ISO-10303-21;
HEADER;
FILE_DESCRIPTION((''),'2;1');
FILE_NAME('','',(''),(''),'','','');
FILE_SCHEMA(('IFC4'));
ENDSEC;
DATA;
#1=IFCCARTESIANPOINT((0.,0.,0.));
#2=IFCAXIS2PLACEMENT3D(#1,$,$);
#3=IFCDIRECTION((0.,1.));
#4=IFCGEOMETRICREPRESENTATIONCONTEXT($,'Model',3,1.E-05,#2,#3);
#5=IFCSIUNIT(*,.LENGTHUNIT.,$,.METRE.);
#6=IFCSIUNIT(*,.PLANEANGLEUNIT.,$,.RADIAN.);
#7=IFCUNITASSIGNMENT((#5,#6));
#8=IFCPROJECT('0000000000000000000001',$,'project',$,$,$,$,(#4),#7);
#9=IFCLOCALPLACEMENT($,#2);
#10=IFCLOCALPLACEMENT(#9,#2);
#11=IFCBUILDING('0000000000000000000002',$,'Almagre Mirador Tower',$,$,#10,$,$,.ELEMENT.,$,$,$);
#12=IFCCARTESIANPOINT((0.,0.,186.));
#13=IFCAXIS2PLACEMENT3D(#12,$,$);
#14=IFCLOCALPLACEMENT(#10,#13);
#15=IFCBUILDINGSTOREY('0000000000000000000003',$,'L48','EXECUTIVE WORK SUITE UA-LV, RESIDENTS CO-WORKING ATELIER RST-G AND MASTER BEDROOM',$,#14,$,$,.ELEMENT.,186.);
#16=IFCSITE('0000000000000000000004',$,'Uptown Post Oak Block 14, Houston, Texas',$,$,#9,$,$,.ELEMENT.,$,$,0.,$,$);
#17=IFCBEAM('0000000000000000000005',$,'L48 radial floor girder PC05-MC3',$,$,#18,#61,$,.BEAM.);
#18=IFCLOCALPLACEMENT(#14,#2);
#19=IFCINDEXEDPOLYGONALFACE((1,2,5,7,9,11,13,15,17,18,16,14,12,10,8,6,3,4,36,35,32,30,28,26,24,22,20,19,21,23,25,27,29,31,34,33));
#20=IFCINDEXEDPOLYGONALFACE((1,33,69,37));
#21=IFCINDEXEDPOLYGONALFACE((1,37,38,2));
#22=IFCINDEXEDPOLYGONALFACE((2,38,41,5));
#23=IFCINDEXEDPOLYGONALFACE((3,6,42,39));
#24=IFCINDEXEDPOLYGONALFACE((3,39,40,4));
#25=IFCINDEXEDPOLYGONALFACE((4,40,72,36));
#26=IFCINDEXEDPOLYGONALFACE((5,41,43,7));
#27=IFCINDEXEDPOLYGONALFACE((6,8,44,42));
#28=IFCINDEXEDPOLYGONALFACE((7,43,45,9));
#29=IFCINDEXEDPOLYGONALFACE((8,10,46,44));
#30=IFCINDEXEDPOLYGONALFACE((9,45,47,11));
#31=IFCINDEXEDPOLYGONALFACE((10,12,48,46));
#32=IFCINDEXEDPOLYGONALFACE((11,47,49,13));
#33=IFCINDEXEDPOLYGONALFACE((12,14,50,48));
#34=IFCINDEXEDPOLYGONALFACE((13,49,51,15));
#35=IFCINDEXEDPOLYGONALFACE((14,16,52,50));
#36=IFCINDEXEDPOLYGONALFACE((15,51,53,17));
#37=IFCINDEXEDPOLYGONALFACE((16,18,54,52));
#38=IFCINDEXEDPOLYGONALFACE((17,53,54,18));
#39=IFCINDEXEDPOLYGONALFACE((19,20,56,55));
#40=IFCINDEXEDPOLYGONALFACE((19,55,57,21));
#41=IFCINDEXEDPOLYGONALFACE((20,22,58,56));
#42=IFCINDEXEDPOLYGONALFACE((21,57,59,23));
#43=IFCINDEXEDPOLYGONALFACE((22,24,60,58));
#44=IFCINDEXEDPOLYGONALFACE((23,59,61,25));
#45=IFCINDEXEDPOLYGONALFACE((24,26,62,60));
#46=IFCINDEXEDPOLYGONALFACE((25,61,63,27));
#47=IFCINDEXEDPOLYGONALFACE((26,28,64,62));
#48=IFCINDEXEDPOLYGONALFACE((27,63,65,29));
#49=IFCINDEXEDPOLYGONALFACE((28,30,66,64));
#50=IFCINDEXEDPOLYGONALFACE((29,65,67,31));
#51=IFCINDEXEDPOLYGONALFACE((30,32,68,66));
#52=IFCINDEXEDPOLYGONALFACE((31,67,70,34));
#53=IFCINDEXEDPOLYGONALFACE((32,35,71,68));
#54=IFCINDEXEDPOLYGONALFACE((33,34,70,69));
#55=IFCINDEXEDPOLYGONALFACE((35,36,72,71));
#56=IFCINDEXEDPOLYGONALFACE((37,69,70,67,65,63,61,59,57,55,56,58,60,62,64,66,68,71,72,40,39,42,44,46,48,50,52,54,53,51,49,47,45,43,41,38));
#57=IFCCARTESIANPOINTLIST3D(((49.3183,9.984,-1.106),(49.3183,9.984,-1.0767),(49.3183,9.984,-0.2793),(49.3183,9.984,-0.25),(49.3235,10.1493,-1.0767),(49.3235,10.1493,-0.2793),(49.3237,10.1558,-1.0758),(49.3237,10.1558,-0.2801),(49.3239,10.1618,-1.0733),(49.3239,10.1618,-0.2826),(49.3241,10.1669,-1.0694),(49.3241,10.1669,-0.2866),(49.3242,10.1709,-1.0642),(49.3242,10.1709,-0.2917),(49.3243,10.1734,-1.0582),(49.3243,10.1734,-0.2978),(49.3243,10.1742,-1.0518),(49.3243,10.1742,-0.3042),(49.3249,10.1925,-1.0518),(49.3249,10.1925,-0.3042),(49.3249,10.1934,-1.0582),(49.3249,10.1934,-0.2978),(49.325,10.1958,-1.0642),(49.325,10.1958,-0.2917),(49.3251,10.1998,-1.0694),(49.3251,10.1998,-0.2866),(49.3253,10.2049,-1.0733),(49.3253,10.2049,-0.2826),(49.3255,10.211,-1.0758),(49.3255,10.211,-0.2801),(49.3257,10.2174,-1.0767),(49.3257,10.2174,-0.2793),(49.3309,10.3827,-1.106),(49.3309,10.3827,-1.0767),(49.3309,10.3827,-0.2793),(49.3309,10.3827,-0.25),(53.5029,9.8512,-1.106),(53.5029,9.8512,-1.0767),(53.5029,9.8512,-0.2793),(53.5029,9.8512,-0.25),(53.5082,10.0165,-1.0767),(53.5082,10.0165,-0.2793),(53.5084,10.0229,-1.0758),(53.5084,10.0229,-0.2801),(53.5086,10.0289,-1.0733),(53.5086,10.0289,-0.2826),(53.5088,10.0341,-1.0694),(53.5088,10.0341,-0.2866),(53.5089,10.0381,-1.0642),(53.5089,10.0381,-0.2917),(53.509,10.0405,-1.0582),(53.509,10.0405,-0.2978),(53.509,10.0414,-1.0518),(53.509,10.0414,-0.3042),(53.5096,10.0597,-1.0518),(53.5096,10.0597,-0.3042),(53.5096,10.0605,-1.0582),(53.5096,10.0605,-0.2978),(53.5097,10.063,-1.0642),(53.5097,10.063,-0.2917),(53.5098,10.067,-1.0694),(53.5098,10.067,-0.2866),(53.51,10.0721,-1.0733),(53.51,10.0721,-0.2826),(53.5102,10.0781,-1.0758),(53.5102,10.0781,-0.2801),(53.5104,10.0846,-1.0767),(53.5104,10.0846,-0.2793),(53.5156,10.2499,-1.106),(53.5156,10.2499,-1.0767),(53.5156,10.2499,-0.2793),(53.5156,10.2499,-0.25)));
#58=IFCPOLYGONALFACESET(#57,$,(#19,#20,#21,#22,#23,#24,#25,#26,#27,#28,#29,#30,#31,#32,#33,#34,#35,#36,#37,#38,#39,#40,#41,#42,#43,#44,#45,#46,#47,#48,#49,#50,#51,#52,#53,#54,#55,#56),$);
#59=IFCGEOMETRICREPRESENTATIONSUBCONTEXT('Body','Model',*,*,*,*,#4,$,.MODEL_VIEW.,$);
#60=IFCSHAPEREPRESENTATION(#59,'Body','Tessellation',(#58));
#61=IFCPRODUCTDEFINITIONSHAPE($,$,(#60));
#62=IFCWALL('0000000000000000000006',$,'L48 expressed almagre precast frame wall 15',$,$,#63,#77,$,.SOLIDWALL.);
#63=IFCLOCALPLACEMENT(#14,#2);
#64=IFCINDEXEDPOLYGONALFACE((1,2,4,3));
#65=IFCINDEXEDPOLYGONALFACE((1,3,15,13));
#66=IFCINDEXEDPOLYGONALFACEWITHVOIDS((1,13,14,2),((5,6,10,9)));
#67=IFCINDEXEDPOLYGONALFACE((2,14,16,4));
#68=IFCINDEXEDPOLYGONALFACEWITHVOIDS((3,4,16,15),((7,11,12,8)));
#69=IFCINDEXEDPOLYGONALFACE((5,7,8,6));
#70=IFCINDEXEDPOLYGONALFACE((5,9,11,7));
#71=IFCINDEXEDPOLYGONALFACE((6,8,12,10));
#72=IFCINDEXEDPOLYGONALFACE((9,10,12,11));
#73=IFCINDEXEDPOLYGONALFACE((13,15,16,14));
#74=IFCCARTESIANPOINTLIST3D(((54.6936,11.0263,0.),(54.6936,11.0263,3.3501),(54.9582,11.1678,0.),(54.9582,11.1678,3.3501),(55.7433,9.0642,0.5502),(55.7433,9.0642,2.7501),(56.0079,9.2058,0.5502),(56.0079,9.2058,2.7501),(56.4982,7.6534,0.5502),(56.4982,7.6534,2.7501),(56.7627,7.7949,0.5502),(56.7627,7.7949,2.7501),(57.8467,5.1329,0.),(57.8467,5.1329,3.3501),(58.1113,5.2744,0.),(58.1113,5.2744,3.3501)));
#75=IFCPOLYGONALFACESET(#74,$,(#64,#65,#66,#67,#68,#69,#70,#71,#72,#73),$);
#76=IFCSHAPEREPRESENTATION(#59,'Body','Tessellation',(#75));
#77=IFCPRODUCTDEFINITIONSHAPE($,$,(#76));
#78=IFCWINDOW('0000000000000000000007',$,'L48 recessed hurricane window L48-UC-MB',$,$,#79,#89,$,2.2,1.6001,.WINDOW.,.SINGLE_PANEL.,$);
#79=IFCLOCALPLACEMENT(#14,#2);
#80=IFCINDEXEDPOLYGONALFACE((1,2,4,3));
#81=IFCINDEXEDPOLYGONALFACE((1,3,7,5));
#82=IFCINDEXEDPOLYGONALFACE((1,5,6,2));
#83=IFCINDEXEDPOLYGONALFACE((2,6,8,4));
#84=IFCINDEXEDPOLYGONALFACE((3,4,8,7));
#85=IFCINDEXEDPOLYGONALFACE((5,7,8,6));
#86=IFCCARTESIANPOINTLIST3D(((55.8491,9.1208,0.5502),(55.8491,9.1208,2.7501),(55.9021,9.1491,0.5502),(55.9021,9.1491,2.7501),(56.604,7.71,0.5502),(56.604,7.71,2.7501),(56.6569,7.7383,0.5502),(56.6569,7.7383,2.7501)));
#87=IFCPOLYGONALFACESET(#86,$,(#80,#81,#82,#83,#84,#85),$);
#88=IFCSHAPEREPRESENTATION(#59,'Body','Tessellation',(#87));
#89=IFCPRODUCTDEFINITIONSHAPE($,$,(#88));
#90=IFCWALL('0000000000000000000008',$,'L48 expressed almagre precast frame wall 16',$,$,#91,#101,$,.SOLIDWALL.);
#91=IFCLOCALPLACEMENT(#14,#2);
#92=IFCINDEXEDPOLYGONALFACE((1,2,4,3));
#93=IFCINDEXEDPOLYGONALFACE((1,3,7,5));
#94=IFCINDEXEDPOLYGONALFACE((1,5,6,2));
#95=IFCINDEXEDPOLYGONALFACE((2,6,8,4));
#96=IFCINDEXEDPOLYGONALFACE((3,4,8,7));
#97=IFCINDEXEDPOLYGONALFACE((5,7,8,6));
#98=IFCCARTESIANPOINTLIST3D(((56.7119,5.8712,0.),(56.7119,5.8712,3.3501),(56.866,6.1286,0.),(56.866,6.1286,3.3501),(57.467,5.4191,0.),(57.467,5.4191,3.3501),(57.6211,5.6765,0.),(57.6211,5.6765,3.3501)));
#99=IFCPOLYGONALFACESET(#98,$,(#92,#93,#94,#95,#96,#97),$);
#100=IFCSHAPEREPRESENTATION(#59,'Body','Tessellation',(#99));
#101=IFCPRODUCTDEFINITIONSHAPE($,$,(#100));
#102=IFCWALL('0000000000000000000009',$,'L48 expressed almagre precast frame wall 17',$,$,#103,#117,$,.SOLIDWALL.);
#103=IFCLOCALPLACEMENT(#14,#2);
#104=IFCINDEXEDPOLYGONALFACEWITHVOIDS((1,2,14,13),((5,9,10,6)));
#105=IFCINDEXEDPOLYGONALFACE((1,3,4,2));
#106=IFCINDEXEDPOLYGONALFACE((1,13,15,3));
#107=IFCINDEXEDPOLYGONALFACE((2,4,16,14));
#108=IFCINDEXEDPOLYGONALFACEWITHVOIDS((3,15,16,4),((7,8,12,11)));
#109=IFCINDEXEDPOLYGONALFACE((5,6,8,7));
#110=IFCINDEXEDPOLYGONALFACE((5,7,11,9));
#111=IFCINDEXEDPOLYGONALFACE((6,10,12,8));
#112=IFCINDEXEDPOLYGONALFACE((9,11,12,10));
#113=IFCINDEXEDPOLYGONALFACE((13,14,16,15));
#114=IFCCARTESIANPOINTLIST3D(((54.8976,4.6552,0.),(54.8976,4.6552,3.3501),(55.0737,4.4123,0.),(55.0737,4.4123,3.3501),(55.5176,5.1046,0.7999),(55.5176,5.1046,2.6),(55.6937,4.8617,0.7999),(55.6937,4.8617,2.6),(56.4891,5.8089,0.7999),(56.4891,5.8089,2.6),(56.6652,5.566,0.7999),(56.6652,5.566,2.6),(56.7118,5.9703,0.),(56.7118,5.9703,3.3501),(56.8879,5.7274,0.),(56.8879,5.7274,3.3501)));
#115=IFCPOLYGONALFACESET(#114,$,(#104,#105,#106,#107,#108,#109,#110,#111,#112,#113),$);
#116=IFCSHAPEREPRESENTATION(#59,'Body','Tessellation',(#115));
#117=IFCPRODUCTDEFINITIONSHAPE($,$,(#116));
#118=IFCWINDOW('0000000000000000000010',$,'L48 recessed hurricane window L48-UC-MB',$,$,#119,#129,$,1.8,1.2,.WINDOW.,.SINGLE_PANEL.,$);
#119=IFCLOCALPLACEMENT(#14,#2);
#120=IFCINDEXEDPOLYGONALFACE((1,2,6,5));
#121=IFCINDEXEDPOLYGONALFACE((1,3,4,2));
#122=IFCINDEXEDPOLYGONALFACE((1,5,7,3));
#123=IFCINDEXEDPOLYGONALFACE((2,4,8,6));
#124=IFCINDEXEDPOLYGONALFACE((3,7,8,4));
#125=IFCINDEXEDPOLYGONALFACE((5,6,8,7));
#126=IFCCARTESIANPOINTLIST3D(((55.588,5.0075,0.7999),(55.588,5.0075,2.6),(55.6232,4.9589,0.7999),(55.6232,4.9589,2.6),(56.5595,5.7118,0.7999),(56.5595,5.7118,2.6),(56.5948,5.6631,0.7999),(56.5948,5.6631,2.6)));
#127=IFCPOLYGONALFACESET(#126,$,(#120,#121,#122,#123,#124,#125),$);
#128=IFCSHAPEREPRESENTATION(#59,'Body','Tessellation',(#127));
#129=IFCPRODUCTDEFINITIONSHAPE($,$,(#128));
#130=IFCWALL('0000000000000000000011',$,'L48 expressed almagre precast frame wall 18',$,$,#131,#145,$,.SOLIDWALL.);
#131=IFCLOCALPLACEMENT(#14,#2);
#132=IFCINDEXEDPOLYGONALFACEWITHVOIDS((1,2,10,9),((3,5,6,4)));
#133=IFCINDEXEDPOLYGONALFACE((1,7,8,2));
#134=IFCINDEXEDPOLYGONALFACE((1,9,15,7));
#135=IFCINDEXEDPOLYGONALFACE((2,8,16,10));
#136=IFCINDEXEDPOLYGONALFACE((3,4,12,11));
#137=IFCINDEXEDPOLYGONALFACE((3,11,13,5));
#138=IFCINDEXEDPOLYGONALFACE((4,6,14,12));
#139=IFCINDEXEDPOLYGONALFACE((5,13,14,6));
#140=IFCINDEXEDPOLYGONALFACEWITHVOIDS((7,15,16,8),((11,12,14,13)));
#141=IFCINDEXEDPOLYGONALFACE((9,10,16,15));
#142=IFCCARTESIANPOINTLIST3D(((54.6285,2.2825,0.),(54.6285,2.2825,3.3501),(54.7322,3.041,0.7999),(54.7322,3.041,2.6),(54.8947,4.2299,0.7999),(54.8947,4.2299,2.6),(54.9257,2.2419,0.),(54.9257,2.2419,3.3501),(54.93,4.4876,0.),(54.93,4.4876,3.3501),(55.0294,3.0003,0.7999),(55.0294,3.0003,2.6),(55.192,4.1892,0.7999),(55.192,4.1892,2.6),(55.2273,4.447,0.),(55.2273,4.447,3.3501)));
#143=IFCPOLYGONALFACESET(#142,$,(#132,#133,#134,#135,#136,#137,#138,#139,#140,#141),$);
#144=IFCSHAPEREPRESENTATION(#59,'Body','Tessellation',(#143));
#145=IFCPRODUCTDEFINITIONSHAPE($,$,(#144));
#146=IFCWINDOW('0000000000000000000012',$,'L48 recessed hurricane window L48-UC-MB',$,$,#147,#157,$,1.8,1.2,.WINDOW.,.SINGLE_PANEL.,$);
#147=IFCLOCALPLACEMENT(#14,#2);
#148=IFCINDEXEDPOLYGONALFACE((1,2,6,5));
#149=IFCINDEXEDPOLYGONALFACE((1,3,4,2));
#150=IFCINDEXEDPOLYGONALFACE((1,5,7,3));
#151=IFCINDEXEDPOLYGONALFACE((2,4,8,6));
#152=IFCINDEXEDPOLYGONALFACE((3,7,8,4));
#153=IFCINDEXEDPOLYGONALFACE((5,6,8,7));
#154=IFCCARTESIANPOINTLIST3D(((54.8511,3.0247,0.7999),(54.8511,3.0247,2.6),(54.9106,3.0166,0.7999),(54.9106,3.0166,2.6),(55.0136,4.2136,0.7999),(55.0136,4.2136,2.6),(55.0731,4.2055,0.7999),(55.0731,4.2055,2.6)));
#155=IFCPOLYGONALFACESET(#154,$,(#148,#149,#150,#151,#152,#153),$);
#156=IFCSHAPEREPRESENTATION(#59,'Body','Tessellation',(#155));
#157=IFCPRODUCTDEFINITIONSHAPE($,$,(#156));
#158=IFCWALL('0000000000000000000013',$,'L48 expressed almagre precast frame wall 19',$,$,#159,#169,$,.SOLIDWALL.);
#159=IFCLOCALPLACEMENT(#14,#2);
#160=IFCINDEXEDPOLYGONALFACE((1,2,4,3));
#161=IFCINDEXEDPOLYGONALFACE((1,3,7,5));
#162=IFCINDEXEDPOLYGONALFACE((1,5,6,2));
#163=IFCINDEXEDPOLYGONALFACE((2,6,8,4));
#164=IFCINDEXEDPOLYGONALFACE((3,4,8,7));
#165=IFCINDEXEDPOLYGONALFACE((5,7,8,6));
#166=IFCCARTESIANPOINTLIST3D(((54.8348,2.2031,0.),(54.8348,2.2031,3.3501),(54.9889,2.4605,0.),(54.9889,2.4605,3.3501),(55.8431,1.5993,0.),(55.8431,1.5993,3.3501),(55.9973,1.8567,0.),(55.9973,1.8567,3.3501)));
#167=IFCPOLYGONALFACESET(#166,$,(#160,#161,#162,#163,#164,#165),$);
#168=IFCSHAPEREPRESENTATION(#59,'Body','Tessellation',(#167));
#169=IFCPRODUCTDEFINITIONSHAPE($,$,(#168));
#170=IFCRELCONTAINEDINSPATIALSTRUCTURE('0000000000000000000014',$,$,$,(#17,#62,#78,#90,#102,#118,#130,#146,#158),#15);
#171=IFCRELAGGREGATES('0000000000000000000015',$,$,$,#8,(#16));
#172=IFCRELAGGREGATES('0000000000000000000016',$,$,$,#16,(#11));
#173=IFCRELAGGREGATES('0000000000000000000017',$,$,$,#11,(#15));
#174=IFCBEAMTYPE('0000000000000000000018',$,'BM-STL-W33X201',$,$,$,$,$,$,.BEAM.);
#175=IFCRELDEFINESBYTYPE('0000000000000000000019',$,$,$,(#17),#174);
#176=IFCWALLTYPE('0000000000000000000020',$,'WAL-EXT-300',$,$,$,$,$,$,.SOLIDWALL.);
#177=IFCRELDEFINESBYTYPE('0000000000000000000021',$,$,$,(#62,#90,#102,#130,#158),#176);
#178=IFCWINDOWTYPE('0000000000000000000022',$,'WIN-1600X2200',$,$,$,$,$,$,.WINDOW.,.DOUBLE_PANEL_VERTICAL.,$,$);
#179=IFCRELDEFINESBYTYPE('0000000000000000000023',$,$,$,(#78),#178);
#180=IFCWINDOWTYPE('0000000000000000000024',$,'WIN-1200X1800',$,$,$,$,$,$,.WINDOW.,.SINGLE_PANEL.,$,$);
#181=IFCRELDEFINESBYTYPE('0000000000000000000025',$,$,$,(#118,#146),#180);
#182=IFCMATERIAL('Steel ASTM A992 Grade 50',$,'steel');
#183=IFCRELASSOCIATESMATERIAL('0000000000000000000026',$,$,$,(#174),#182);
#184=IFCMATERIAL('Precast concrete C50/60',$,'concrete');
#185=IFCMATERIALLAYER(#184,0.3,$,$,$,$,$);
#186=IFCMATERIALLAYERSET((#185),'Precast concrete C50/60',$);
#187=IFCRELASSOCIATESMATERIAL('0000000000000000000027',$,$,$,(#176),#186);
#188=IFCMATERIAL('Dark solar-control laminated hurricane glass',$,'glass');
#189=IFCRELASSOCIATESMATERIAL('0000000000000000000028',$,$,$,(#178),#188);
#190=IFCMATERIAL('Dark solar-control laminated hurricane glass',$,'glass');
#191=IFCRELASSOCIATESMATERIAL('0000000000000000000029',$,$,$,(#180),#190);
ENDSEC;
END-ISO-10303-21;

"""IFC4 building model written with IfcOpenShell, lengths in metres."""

from ifc_helpers import new_model, si_unit, direction, frame, frame_2d, origin, origin_2d, place, context, subcontext, project, spatial, rectangle, i_section, extrude, material, layer, layer_set, material_profile, profile_set, type_object, element, fill, save


model = new_model("IFC4")

# Units and contexts
model_context = context("Model", 3, precision=1e-05, world=origin(), true_north=direction((0.0, 1.0)))
body_context = subcontext(model_context, "Body", "Model", "MODEL_VIEW")
ifc_project = project(units=[si_unit("LENGTHUNIT", "METRE"), si_unit("PLANEANGLEUNIT", "RADIAN")], contexts=[model_context])

# Site, building, storey
site_placement = place(None, origin())
site = spatial("IfcSite", under=ifc_project, at=site_placement, Name="Uptown Post Oak Block 14, Houston, Texas", CompositionType="ELEMENT", RefElevation=0.0)
building_placement = place(site_placement, origin())
building = spatial("IfcBuilding", under=site, at=building_placement, Name="Almagre Mirador Tower", CompositionType="ELEMENT")
storey_placement = place(building_placement, frame((0.0, 0.0, 186.0)))
storey = spatial("IfcBuildingStorey", under=building, at=storey_placement, Name="L48", Description="EXECUTIVE WORK SUITE UA-LV, RESIDENTS CO-WORKING ATELIER RST-G AND MASTER BEDROOM", CompositionType="ELEMENT", Elevation=186.0)

# Beam
ifc_material_1 = material(Name="Steel ASTM A992 Grade 50", Category="steel")
ifc_material_profile_1 = material_profile(ifc_material_1, i_section(OverallWidth=0.3989, OverallDepth=0.856, WebThickness=0.0183, FlangeThickness=0.0293, FilletRadius=0.0249, at=origin_2d()), Name="W33X201")
ifc_profile_set_1 = profile_set([ifc_material_profile_1], Name="Steel ASTM A992 Grade 50")
beam_type_1 = type_object("IfcBeamType", Name="BM-STL-W33X201", PredefinedType="BEAM", material=ifc_profile_set_1)
beam_1_placement = place(storey_placement, frame((53.5093, 10.0505, -0.678), z_axis=(-0.999497, 0.031723, 0.0), x_axis=(-0.031723, -0.999497, 0.0)))
element("IfcBeam", 1, at=beam_1_placement, inside=storey, type_object=beam_type_1, Name="L48 radial floor girder PC05-MC3", PredefinedType="BEAM", context=body_context, shape_type="SweptSolid", body=[
    extrude(i_section(OverallWidth=0.3989, OverallDepth=0.856, WebThickness=0.0183, FlangeThickness=0.0293, FilletRadius=0.0249, at=origin_2d()), origin(), (0.0, 0.0, 1.0), 4.1868),
])

# Wall, opening, window
ifc_material_2 = material(Name="Precast concrete C50/60", Category="concrete")
ifc_layer_1 = layer(ifc_material_2, 0.3)
ifc_layer_set_1 = layer_set([ifc_layer_1], Name="Precast concrete C50/60")
wall_type_1 = type_object("IfcWallType", Name="WAL-EXT-300", PredefinedType="SOLIDWALL", material=ifc_layer_set_1)
wall_1_placement = place(storey_placement, frame((54.8259, 11.0969, 0.0), z_axis=(0.0, 0.0, 1.0), x_axis=(0.47175, -0.881732, 0.0)))
wall_1 = element("IfcWall", 2, at=wall_1_placement, inside=storey, type_object=wall_type_1, Name="L48 expressed almagre precast frame wall 15", PredefinedType="SOLIDWALL", context=body_context, shape_type="SweptSolid", body=[
    extrude(rectangle(XDim=6.6838, YDim=0.3, at=frame_2d((3.3418, 0.0))), origin(), (0.0, 0.0, 1.0), 3.3501),
])
opening_1_placement = place(wall_1_placement, frame((2.2251, 0.0, 0.55)))
opening_1 = element("IfcOpeningElement", 3, at=opening_1_placement, cuts=wall_1, PredefinedType="OPENING", context=body_context, shape_type="SweptSolid", body=[
    extrude(rectangle(XDim=1.6001, YDim=2.2, at=frame_2d((0.8, 1.1001))), frame((0.0, 0.1599, 0.0), z_axis=(0.0, -1.0, 0.0), x_axis=(1.0, 0.0, 0.0)), (0.0, 0.0, 1.0), 0.32),
])
ifc_material_3 = material(Name="Dark solar-control laminated hurricane glass", Category="glass")
window_type_1 = type_object("IfcWindowType", Name="WIN-1600X2200", PartitioningType="DOUBLE_PANEL_VERTICAL", PredefinedType="WINDOW", material=ifc_material_3)
window_1_placement = place(opening_1_placement, origin())
window_1 = element("IfcWindow", 4, at=window_1_placement, inside=storey, type_object=window_type_1, Name="L48 recessed hurricane window L48-UC-MB", OverallHeight=2.2, OverallWidth=1.6001, PartitioningType="SINGLE_PANEL", PredefinedType="WINDOW", context=body_context, shape_type="SweptSolid", body=[
    extrude(rectangle(XDim=1.6001, YDim=2.2, at=frame_2d((0.8, 1.1001))), frame((0.0, 0.03, 0.0), z_axis=(0.0, -1.0, 0.0), x_axis=(1.0, 0.0, 0.0)), (0.0, 0.0, 1.0), 0.0601),
])
fill(opening_1, window_1)

# Wall
wall_2_placement = place(storey_placement, frame((57.5439, 5.5479, 0.0), z_axis=(0.0, 0.0, 1.0), x_axis=(-0.857958, 0.51372, 0.0)))
element("IfcWall", 5, at=wall_2_placement, inside=storey, type_object=wall_type_1, Name="L48 expressed almagre precast frame wall 16", PredefinedType="SOLIDWALL", context=body_context, shape_type="SweptSolid", body=[
    extrude(rectangle(XDim=0.8801, YDim=0.3, at=frame_2d((0.4399, 0.0))), origin(), (0.0, 0.0, 1.0), 3.3501),
])

# Walls, openings, windows
wall_3_placement = place(storey_placement, frame((56.7998, 5.8489, 0.0), z_axis=(0.0, 0.0, 1.0), x_axis=(-0.809635, -0.586934, 0.0)))
wall_3 = element("IfcWall", 6, at=wall_3_placement, inside=storey, type_object=wall_type_1, Name="L48 expressed almagre precast frame wall 17", PredefinedType="SOLIDWALL", context=body_context, shape_type="SweptSolid", body=[
    extrude(rectangle(XDim=2.2407, YDim=0.3, at=frame_2d((1.1204, 0.0))), origin(), (0.0, 0.0, 1.0), 3.3501),
])
opening_2_placement = place(wall_3_placement, frame((0.2749, 0.0, 0.8)))
opening_2 = element("IfcOpeningElement", 7, at=opening_2_placement, cuts=wall_3, PredefinedType="OPENING", context=body_context, shape_type="SweptSolid", body=[
    extrude(rectangle(XDim=1.2, YDim=1.8, at=frame_2d((0.6001, 0.8999))), frame((0.0, 0.1599, 0.0), z_axis=(0.0, -1.0, 0.0), x_axis=(1.0, 0.0, 0.0)), (0.0, 0.0, 1.0), 0.32),
])
ifc_material_4 = material(Name="Dark solar-control laminated hurricane glass", Category="glass")
window_type_2 = type_object("IfcWindowType", Name="WIN-1200X1800", PartitioningType="SINGLE_PANEL", PredefinedType="WINDOW", material=ifc_material_4)
window_2_placement = place(opening_2_placement, origin())
window_2 = element("IfcWindow", 8, at=window_2_placement, inside=storey, type_object=window_type_2, Name="L48 recessed hurricane window L48-UC-MB", OverallHeight=1.8, OverallWidth=1.2, PartitioningType="SINGLE_PANEL", PredefinedType="WINDOW", context=body_context, shape_type="SweptSolid", body=[
    extrude(rectangle(XDim=1.2, YDim=1.8, at=frame_2d((0.6001, 0.8999))), frame((0.0, 0.03, 0.0), z_axis=(0.0, -1.0, 0.0), x_axis=(1.0, 0.0, 0.0)), (0.0, 0.0, 1.0), 0.0601),
])
fill(opening_2, window_2)
wall_4_placement = place(storey_placement, frame((55.0786, 4.4673, 0.0), z_axis=(0.0, 0.0, 1.0), x_axis=(-0.135475, -0.990781, 0.0)))
wall_4 = element("IfcWall", 9, at=wall_4_placement, inside=storey, type_object=wall_type_1, Name="L48 expressed almagre precast frame wall 18", PredefinedType="SOLIDWALL", context=body_context, shape_type="SweptSolid", body=[
    extrude(rectangle(XDim=2.2256, YDim=0.3, at=frame_2d((1.1128, 0.0))), origin(), (0.0, 0.0, 1.0), 3.3501),
])
opening_3_placement = place(wall_4_placement, frame((0.26, 0.0, 0.8)))
opening_3 = element("IfcOpeningElement", 10, at=opening_3_placement, cuts=wall_4, PredefinedType="OPENING", context=body_context, shape_type="SweptSolid", body=[
    extrude(rectangle(XDim=1.2, YDim=1.8, at=frame_2d((0.6001, 0.8999))), frame((0.0, 0.1599, 0.0), z_axis=(0.0, -1.0, 0.0), x_axis=(1.0, 0.0, 0.0)), (0.0, 0.0, 1.0), 0.32),
])
window_3_placement = place(opening_3_placement, origin())
window_3 = element("IfcWindow", 11, at=window_3_placement, inside=storey, type_object=window_type_2, Name="L48 recessed hurricane window L48-UC-MB", OverallHeight=1.8, OverallWidth=1.2, PartitioningType="SINGLE_PANEL", PredefinedType="WINDOW", context=body_context, shape_type="SweptSolid", body=[
    extrude(rectangle(XDim=1.2, YDim=1.8, at=frame_2d((0.6001, 0.8999))), frame((0.0, 0.03, 0.0), z_axis=(0.0, -1.0, 0.0), x_axis=(1.0, 0.0, 0.0)), (0.0, 0.0, 1.0), 0.0601),
])
fill(opening_3, window_3)

# Wall
wall_5_placement = place(storey_placement, frame((54.9119, 2.3318, 0.0), z_axis=(0.0, 0.0, 1.0), x_axis=(0.857951, -0.513732, 0.0)))
element("IfcWall", 12, at=wall_5_placement, inside=storey, type_object=wall_type_1, Name="L48 expressed almagre precast frame wall 19", PredefinedType="SOLIDWALL", context=body_context, shape_type="SweptSolid", body=[
    extrude(rectangle(XDim=1.1753, YDim=0.3, at=frame_2d((0.5876, 0.0))), origin(), (0.0, 0.0, 1.0), 3.3501),
])

save(model, "model.ifc")
